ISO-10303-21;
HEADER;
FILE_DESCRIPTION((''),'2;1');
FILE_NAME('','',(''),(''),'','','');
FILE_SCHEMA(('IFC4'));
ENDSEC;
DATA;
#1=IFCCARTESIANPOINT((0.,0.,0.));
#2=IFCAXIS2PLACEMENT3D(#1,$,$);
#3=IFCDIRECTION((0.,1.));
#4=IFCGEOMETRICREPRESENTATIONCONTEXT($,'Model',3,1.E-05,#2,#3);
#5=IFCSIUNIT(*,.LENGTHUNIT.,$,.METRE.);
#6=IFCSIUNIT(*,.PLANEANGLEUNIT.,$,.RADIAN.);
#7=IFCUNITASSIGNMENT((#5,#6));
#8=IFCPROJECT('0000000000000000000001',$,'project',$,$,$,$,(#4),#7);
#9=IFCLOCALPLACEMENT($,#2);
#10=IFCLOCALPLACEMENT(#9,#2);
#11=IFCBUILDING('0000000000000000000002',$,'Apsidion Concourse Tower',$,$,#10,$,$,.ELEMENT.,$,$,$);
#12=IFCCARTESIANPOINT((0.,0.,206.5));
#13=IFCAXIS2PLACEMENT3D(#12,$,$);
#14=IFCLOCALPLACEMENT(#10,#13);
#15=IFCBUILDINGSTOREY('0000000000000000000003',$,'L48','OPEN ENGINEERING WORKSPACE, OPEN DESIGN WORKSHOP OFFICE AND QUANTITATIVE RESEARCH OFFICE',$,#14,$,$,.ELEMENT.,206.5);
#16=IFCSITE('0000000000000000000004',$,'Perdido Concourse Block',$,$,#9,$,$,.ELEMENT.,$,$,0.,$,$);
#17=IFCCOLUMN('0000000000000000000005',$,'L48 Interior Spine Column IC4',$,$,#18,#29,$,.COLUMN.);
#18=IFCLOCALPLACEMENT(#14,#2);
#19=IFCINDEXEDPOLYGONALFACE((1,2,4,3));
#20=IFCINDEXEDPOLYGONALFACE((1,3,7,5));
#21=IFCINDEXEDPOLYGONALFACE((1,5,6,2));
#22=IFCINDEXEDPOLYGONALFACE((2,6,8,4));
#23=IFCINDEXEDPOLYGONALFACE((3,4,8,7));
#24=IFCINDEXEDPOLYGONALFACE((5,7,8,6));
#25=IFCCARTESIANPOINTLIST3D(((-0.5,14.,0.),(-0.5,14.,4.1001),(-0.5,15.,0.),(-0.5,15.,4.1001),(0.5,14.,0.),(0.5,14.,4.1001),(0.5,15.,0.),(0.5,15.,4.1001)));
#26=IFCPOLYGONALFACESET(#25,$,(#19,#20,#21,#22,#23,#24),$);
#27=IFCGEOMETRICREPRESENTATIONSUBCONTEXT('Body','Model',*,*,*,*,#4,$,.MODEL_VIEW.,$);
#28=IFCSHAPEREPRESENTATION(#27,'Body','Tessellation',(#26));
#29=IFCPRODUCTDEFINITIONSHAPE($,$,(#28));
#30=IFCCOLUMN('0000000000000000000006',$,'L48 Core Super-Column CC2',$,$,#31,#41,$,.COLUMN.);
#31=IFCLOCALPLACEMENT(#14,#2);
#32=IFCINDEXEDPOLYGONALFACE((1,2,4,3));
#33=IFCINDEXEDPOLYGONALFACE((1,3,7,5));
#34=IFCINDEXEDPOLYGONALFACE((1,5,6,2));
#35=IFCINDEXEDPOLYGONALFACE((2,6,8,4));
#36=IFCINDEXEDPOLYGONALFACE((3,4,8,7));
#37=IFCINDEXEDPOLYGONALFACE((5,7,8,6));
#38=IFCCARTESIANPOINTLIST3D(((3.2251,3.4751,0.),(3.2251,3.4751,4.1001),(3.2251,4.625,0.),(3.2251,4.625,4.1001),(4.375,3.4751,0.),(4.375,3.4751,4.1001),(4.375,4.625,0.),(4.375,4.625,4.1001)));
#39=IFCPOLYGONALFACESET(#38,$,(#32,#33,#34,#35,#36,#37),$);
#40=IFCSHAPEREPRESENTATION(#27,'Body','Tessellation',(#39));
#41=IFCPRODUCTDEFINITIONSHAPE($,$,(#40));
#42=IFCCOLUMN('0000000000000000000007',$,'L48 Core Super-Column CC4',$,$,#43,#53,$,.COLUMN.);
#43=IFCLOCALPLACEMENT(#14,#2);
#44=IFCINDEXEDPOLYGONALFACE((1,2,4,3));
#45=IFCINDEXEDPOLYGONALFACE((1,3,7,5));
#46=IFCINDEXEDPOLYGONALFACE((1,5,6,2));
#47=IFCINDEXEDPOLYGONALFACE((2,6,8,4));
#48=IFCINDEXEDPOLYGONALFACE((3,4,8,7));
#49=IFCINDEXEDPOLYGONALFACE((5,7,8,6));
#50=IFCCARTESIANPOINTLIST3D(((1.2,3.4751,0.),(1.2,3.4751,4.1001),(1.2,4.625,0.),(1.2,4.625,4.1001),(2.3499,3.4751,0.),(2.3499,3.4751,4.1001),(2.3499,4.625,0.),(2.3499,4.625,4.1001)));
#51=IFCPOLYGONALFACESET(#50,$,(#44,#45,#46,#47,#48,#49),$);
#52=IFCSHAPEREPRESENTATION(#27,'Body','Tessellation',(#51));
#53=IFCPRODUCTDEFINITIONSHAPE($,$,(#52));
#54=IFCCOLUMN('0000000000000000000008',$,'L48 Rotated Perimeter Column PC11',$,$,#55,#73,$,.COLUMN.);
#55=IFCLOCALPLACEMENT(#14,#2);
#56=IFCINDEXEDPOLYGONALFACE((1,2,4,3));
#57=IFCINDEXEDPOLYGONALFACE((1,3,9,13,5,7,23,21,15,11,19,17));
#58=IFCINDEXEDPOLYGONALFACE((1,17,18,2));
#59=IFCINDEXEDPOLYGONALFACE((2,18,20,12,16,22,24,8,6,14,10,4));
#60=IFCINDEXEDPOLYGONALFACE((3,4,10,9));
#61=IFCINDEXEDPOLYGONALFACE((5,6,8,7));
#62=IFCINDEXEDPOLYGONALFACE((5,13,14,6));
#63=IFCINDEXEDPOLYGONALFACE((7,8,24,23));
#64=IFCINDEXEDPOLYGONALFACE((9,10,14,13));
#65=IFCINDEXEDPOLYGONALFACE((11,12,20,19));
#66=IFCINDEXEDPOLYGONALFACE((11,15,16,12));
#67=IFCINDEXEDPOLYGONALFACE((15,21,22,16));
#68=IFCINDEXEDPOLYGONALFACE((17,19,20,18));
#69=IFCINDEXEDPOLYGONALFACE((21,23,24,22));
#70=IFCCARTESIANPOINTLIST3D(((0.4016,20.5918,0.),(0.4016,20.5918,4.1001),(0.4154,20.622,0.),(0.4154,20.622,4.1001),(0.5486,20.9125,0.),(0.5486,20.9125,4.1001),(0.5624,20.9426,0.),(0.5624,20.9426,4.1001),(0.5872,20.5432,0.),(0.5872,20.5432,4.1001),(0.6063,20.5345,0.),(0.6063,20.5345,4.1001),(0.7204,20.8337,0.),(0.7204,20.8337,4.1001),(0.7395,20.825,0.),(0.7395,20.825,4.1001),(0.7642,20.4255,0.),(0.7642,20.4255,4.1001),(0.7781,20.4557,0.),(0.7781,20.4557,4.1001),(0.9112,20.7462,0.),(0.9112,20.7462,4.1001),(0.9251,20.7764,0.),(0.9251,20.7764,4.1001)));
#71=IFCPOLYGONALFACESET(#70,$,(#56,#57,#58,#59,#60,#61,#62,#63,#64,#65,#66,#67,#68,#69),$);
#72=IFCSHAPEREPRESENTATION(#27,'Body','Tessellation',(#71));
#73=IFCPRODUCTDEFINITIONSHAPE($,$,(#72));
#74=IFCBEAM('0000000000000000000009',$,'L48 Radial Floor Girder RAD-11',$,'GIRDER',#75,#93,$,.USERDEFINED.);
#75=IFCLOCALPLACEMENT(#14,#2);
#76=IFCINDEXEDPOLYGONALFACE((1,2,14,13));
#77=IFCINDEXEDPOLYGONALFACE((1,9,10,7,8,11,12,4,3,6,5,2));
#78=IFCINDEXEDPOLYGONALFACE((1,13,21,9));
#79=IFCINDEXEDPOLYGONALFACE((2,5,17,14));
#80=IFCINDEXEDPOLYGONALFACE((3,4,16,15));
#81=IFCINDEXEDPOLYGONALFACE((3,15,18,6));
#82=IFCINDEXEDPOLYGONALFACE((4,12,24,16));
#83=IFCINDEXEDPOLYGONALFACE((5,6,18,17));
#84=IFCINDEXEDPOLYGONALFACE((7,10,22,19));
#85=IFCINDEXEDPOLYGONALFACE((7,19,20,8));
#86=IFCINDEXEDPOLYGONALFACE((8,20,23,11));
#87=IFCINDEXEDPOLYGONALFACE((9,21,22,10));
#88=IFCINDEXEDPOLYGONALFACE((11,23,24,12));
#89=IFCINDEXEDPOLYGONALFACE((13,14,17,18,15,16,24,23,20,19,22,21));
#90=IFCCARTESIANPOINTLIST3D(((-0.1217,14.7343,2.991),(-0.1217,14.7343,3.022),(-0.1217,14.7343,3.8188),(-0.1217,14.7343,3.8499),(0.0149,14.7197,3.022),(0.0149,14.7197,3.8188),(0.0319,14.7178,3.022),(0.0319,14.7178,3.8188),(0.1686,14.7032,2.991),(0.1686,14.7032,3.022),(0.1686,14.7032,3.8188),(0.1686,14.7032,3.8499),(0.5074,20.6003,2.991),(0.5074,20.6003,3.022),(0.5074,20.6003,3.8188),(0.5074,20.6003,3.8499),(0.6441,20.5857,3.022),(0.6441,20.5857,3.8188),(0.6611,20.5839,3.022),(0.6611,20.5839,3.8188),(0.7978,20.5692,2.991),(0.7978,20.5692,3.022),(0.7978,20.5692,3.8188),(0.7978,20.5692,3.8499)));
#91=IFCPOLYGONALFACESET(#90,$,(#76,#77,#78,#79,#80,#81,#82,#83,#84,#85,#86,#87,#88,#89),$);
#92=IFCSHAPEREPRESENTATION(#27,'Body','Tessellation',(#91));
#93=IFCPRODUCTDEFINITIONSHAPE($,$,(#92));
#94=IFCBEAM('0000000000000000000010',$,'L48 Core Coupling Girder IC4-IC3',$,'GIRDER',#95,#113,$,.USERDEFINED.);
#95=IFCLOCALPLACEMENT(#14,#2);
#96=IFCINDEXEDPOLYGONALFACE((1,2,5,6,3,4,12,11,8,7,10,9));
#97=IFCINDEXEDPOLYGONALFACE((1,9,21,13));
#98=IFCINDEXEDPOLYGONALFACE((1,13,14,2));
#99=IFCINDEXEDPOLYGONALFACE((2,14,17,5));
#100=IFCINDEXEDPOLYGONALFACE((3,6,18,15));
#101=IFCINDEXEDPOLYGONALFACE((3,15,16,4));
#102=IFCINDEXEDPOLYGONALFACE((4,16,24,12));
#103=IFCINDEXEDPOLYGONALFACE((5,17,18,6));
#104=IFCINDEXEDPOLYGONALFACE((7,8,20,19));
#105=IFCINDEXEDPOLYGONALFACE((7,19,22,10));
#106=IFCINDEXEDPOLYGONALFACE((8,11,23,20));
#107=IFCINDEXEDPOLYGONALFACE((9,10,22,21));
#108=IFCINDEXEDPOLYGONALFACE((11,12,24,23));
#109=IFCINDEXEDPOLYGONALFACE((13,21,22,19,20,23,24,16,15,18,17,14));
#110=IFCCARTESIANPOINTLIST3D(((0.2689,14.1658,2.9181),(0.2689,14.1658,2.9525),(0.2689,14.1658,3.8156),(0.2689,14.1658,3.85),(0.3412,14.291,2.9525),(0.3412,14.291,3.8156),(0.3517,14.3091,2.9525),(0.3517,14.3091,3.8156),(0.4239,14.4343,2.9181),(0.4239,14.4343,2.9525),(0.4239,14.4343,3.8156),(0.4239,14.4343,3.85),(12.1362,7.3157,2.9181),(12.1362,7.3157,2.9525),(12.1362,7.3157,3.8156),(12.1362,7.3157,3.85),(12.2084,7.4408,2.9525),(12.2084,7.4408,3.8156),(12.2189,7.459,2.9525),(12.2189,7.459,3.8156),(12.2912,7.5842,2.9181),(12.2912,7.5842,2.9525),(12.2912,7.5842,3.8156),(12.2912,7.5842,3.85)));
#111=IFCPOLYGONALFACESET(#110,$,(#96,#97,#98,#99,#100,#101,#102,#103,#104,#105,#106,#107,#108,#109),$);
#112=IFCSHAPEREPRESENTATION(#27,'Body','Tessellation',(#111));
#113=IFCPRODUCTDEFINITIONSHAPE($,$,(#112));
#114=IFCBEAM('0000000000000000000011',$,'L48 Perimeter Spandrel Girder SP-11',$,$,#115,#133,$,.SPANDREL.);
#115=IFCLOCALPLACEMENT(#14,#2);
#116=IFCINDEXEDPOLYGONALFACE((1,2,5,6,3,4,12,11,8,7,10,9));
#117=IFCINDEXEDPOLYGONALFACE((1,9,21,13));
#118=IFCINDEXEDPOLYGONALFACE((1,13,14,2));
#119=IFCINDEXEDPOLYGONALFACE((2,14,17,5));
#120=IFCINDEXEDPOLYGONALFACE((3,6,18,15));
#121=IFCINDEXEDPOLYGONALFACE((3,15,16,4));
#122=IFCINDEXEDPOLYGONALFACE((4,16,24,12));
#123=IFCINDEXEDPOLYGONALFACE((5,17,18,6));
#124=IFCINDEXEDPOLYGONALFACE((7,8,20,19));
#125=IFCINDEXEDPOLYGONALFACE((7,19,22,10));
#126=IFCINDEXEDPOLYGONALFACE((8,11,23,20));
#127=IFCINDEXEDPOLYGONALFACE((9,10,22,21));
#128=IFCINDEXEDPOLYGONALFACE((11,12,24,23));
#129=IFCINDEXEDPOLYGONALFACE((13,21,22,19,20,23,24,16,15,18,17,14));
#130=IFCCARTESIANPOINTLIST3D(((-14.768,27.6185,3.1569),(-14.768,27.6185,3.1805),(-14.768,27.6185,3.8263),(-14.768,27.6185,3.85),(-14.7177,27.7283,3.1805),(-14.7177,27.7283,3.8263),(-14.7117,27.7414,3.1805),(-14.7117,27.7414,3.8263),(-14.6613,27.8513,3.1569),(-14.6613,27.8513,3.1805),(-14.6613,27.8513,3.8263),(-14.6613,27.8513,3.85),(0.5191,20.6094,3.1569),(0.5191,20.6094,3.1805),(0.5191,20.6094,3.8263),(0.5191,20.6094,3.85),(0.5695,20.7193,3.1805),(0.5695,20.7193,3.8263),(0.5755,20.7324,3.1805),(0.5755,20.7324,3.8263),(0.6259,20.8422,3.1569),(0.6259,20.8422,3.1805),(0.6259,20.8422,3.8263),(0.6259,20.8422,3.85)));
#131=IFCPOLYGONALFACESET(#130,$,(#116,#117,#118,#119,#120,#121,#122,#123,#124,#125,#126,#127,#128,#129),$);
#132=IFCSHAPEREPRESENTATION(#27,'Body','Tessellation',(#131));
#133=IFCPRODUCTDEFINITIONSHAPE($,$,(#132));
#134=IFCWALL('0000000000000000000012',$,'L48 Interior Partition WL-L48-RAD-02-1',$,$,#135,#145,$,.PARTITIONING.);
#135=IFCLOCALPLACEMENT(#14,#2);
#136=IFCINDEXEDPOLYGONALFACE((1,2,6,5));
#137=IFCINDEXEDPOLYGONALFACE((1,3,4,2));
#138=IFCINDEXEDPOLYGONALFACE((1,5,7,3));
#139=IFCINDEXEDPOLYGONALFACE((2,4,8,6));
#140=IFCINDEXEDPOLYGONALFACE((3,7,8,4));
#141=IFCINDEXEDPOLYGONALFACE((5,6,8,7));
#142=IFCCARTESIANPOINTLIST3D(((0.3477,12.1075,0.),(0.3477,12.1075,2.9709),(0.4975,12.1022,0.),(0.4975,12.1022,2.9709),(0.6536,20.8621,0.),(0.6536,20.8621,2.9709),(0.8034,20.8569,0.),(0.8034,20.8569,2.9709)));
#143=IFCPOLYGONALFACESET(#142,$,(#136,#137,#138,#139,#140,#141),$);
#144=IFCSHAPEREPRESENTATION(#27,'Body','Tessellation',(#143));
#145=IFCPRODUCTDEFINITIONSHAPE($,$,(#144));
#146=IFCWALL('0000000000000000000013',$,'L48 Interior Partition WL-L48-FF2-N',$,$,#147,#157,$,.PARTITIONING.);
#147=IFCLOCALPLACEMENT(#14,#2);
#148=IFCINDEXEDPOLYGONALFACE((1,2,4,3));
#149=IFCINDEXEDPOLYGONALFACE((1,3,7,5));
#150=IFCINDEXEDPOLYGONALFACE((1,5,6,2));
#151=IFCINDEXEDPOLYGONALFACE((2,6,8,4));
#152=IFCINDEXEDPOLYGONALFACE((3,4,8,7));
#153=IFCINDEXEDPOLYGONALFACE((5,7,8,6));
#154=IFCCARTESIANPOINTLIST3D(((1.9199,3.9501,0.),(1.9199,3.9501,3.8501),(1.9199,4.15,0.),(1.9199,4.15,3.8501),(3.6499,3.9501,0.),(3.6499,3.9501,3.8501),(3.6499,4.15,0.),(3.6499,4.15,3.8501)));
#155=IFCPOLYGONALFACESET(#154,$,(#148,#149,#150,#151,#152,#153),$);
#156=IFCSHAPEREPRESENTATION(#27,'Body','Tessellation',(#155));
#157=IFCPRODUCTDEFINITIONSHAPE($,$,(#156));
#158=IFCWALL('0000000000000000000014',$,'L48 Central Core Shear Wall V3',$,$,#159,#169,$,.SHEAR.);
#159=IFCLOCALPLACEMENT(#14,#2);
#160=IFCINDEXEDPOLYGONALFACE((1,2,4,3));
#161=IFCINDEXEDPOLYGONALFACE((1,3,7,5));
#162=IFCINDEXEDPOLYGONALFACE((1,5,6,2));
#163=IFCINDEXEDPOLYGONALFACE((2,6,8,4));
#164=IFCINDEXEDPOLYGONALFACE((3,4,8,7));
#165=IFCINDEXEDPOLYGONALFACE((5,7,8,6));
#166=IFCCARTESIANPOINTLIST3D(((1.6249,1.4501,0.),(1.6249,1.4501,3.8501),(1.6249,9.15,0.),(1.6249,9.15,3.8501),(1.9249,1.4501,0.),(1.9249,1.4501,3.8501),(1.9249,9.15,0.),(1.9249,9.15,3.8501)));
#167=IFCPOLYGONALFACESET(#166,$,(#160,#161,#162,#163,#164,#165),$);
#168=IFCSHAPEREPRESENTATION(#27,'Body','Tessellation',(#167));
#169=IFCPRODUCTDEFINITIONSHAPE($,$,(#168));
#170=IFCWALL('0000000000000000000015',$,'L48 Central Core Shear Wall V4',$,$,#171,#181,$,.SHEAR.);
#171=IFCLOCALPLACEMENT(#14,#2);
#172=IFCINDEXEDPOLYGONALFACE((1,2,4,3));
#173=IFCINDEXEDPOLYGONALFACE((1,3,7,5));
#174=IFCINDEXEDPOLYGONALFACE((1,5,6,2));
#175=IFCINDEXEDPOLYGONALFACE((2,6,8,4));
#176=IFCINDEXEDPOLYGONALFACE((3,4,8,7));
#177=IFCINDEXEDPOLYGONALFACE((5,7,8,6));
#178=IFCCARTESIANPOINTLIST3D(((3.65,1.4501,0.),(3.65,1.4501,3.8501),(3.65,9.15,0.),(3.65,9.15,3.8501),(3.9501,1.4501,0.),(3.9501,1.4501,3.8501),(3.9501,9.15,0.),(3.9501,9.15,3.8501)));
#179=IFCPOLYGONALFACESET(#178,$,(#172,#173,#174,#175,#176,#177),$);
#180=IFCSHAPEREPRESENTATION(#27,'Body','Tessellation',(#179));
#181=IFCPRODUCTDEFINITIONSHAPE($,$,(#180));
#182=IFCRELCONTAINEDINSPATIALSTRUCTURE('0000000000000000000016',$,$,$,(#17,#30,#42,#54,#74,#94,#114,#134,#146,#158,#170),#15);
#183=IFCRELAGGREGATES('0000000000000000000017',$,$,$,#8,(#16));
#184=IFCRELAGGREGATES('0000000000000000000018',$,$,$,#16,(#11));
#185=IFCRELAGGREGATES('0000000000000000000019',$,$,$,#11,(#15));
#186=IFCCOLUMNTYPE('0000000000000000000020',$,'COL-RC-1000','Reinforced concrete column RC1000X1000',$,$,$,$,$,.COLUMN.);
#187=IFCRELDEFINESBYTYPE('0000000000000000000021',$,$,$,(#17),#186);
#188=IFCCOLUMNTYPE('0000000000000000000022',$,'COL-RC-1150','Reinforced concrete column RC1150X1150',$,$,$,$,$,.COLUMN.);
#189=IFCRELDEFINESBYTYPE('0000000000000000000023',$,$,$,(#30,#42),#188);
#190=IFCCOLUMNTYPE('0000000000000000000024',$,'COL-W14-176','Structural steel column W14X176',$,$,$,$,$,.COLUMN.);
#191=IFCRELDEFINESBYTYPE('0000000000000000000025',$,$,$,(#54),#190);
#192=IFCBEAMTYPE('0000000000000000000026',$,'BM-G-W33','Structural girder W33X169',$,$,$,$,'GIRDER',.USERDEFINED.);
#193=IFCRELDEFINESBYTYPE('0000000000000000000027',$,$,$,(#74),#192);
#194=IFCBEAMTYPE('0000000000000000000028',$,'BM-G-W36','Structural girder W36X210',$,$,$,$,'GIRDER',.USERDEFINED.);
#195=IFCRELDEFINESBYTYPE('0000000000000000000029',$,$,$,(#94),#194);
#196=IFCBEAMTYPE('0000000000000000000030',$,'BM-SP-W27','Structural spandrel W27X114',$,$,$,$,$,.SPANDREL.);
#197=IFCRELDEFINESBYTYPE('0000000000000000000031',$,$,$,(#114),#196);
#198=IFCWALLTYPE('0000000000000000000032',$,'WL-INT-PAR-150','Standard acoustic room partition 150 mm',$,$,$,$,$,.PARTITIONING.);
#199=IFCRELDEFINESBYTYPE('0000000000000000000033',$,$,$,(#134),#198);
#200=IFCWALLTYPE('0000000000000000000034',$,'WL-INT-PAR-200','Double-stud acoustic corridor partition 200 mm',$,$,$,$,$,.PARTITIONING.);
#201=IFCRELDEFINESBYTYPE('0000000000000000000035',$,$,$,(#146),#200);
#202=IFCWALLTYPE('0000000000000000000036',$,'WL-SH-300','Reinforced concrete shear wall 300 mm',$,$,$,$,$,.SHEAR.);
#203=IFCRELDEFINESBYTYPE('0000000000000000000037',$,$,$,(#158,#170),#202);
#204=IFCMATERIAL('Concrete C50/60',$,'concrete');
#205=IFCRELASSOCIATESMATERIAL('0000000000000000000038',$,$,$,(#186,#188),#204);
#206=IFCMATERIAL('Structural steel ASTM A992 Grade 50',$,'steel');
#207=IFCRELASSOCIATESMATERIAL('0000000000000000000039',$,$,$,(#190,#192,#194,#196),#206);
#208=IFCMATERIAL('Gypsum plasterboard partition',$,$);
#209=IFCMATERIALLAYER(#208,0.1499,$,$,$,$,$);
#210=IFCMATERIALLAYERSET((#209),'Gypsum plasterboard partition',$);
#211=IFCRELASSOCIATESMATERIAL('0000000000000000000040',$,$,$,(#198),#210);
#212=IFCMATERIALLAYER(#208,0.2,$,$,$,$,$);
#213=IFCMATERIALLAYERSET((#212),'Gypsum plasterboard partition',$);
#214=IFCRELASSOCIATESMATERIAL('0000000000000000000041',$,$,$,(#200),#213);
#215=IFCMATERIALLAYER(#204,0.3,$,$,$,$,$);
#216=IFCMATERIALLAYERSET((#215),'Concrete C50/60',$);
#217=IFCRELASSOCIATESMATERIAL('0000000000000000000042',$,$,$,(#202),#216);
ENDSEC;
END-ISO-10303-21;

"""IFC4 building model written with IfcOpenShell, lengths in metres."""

from ifc_helpers import new_model, si_unit, direction, frame, frame_2d, origin, origin_2d, place, context, subcontext, project, spatial, rectangle, i_section, extrude, material, layer, layer_set, material_profile, profile_set, type_object, element, save


model = new_model("IFC4")

# Units and contexts
model_context = context("Model", 3, precision=1e-05, world=origin(), true_north=direction((0.0, 1.0)))
body_context = subcontext(model_context, "Body", "Model", "MODEL_VIEW")
ifc_project = project(units=[si_unit("LENGTHUNIT", "METRE"), si_unit("PLANEANGLEUNIT", "RADIAN")], contexts=[model_context])

# Site, building, storey
site_placement = place(None, origin())
site = spatial("IfcSite", under=ifc_project, at=site_placement, Name="Perdido Concourse Block", CompositionType="ELEMENT", RefElevation=0.0)
building_placement = place(site_placement, origin())
building = spatial("IfcBuilding", under=site, at=building_placement, Name="Apsidion Concourse Tower", CompositionType="ELEMENT")
storey_placement = place(building_placement, frame((0.0, 0.0, 206.5)))
storey = spatial("IfcBuildingStorey", under=building, at=storey_placement, Name="L48", Description="OPEN ENGINEERING WORKSPACE, OPEN DESIGN WORKSHOP OFFICE AND QUANTITATIVE RESEARCH OFFICE", CompositionType="ELEMENT", Elevation=206.5)

# Columns
ifc_material_1 = material(Name="Concrete C50/60", Category="concrete")
ifc_material_profile_1 = material_profile(ifc_material_1, rectangle(XDim=1.0, YDim=1.0, at=origin_2d()), Name="RC 1000x1000")
ifc_profile_set_1 = profile_set([ifc_material_profile_1], Name="Concrete C50/60")
column_type_1 = type_object("IfcColumnType", Name="COL-RC-1000", Description="Reinforced concrete column RC1000X1000", PredefinedType="COLUMN", material=ifc_profile_set_1)
column_1_placement = place(storey_placement, frame((0.0, 14.5, 0.0), z_axis=(0.0, 0.0, 1.0), x_axis=(1.0, 0.0, 0.0)))
element("IfcColumn", 1, at=column_1_placement, inside=storey, type_object=column_type_1, Name="L48 Interior Spine Column IC4", PredefinedType="COLUMN", context=body_context, shape_type="SweptSolid", body=[
    extrude(rectangle(XDim=1.0, YDim=1.0, at=origin_2d()), origin(), (0.0, 0.0, 1.0), 4.1001),
])
ifc_material_profile_2 = material_profile(ifc_material_1, rectangle(XDim=1.1499, YDim=1.1499, at=origin_2d()), Name="RC 1150x1150")
ifc_profile_set_2 = profile_set([ifc_material_profile_2], Name="Concrete C50/60")
column_type_2 = type_object("IfcColumnType", Name="COL-RC-1150", Description="Reinforced concrete column RC1150X1150", PredefinedType="COLUMN", material=ifc_profile_set_2)
for number, where, z_axis, x_axis, name in (
    (2, (3.8, 4.05, 0.0), (0.0, 0.0, 1.0), (1.0, 0.0, 0.0), "L48 Core Super-Column CC2"),
    (3, (1.7749, 4.05, 0.0), (0.0, 0.0, 1.0), (1.0, 0.0, 0.0), "L48 Core Super-Column CC4"),
):
    element("IfcColumn", number, at=place(storey_placement, frame(where, z_axis=z_axis, x_axis=x_axis)), inside=storey, type_object=column_type_2, Name=name, PredefinedType="COLUMN", context=body_context, shape_type="SweptSolid", body=[
        extrude(rectangle(XDim=1.1499, YDim=1.1499, at=origin_2d()), origin(), (0.0, 0.0, 1.0), 4.1001),
    ])
ifc_material_2 = material(Name="Structural steel ASTM A992 Grade 50", Category="steel")
ifc_material_profile_3 = material_profile(ifc_material_2, i_section(OverallWidth=0.3989, OverallDepth=0.386, WebThickness=0.021, FlangeThickness=0.0332, at=origin_2d()), Name="W14X176")
ifc_profile_set_3 = profile_set([ifc_material_profile_3], Name="Structural steel ASTM A992 Grade 50")
column_type_3 = type_object("IfcColumnType", Name="COL-W14-176", Description="Structural steel column W14X176", PredefinedType="COLUMN", material=ifc_profile_set_3)
column_2_placement = place(storey_placement, frame((0.6633, 20.6841, 0.0), z_axis=(0.0, 0.0, 1.0), x_axis=(-0.909018, 0.416757, 0.0)))
element("IfcColumn", 4, at=column_2_placement, inside=storey, type_object=column_type_3, Name="L48 Rotated Perimeter Column PC11", PredefinedType="COLUMN", context=body_context, shape_type="SweptSolid", body=[
    extrude(i_section(OverallWidth=0.3989, OverallDepth=0.386, WebThickness=0.021, FlangeThickness=0.0332, at=origin_2d()), origin(), (0.0, 0.0, 1.0), 4.1001),
])

# Beams
ifc_material_profile_4 = material_profile(ifc_material_2, i_section(OverallWidth=0.292, OverallDepth=0.8589, WebThickness=0.0171, FlangeThickness=0.031, at=origin_2d()), Name="W33X169")
ifc_profile_set_4 = profile_set([ifc_material_profile_4], Name="Structural steel ASTM A992 Grade 50")
beam_type_1 = type_object("IfcBeamType", Name="BM-G-W33", Description="Structural girder W33X169", ElementType="GIRDER", PredefinedType="USERDEFINED", material=ifc_profile_set_4)
beam_1_placement = place(storey_placement, frame((0.0234, 14.7188, 3.4204), z_axis=(0.106643, 0.994297, 0.0), x_axis=(-0.994297, 0.106643, 0.0)))
element("IfcBeam", 5, at=beam_1_placement, inside=storey, type_object=beam_type_1, Name="L48 Radial Floor Girder RAD-11", ObjectType="GIRDER", PredefinedType="USERDEFINED", context=body_context, shape_type="SweptSolid", body=[
    extrude(i_section(OverallWidth=0.292, OverallDepth=0.8589, WebThickness=0.0171, FlangeThickness=0.031, at=origin_2d()), origin(), (0.0, 0.0, 1.0), 5.8997),
])
ifc_material_profile_5 = material_profile(ifc_material_2, i_section(OverallWidth=0.3101, OverallDepth=0.9319, WebThickness=0.021, FlangeThickness=0.0344, at=origin_2d()), Name="W36X210")
ifc_profile_set_5 = profile_set([ifc_material_profile_5], Name="Structural steel ASTM A992 Grade 50")
beam_type_2 = type_object("IfcBeamType", Name="BM-G-W36", Description="Structural girder W36X210", ElementType="GIRDER", PredefinedType="USERDEFINED", material=ifc_profile_set_5)
beam_2_placement = place(storey_placement, frame((0.3464, 14.3, 3.384), z_axis=(0.86607, -0.499922, 0.0), x_axis=(0.499922, 0.86607, 0.0)))
element("IfcBeam", 6, at=beam_2_placement, inside=storey, type_object=beam_type_2, Name="L48 Core Coupling Girder IC4-IC3", ObjectType="GIRDER", PredefinedType="USERDEFINED", context=body_context, shape_type="SweptSolid", body=[
    extrude(i_section(OverallWidth=0.3101, OverallDepth=0.9319, WebThickness=0.021, FlangeThickness=0.0344, at=origin_2d()), origin(), (0.0, 0.0, 1.0), 13.7024),
])
ifc_material_profile_6 = material_profile(ifc_material_2, i_section(OverallWidth=0.2561, OverallDepth=0.6931, WebThickness=0.0144, FlangeThickness=0.0237, at=origin_2d()), Name="W27X114")
ifc_profile_set_6 = profile_set([ifc_material_profile_6], Name="Structural steel ASTM A992 Grade 50")
beam_type_3 = type_object("IfcBeamType", Name="BM-SP-W27", Description="Structural spandrel W27X114", PredefinedType="SPANDREL", material=ifc_profile_set_6)
beam_3_placement = place(storey_placement, frame((0.5725, 20.7258, 3.5034), z_axis=(-0.90901, 0.416775, 0.0), x_axis=(-0.416775, -0.90901, 0.0)))
element("IfcBeam", 7, at=beam_3_placement, inside=storey, type_object=beam_type_3, Name="L48 Perimeter Spandrel Girder SP-11", PredefinedType="SPANDREL", context=body_context, shape_type="SweptSolid", body=[
    extrude(i_section(OverallWidth=0.2561, OverallDepth=0.6931, WebThickness=0.0144, FlangeThickness=0.0237, at=origin_2d()), origin(), (0.0, 0.0, 1.0), 16.8174),
])

# Walls
ifc_material_3 = material(Name="Gypsum plasterboard partition")
ifc_layer_1 = layer(ifc_material_3, 0.1499)
ifc_layer_set_1 = layer_set([ifc_layer_1], Name="Gypsum plasterboard partition")
wall_type_1 = type_object("IfcWallType", Name="WL-INT-PAR-150", Description="Standard acoustic room partition 150 mm", PredefinedType="PARTITIONING", material=ifc_layer_set_1)
wall_1_placement = place(storey_placement, frame((0.4226, 12.105, 0.0), z_axis=(0.0, 0.0, 1.0), x_axis=(0.034921, 0.99939, 0.0)))
element("IfcWall", 8, at=wall_1_placement, inside=storey, type_object=wall_type_1, Name="L48 Interior Partition WL-L48-RAD-02-1", PredefinedType="PARTITIONING", context=body_context, shape_type="SweptSolid", body=[
    extrude(rectangle(XDim=8.76, YDim=0.1499, at=frame_2d((4.3799, 0.0))), origin(), (0.0, 0.0, 1.0), 2.9709),
])
ifc_layer_2 = layer(ifc_material_3, 0.2)
ifc_layer_set_2 = layer_set([ifc_layer_2], Name="Gypsum plasterboard partition")
wall_type_2 = type_object("IfcWallType", Name="WL-INT-PAR-200", Description="Double-stud acoustic corridor partition 200 mm", PredefinedType="PARTITIONING", material=ifc_layer_set_2)
wall_2_placement = place(storey_placement, frame((1.9199, 4.05, 0.0), z_axis=(0.0, 0.0, 1.0), x_axis=(1.0, 0.0, 0.0)))
element("IfcWall", 9, at=wall_2_placement, inside=storey, type_object=wall_type_2, Name="L48 Interior Partition WL-L48-FF2-N", PredefinedType="PARTITIONING", context=body_context, shape_type="SweptSolid", body=[
    extrude(rectangle(XDim=1.73, YDim=0.2, at=frame_2d((0.865, 0.0))), origin(), (0.0, 0.0, 1.0), 3.8501),
])
ifc_layer_3 = layer(ifc_material_1, 0.3)
ifc_layer_set_3 = layer_set([ifc_layer_3], Name="Concrete C50/60")
wall_type_3 = type_object("IfcWallType", Name="WL-SH-300", Description="Reinforced concrete shear wall 300 mm", PredefinedType="SHEAR", material=ifc_layer_set_3)
for number, where, z_axis, x_axis, name in (
    (10, (1.7749, 1.45, 0.0), (0.0, 0.0, 1.0), (0.0, 1.0, 0.0), "L48 Central Core Shear Wall V3"),
    (11, (3.8, 1.45, 0.0), (0.0, 0.0, 1.0), (0.0, 1.0, 0.0), "L48 Central Core Shear Wall V4"),
):
    element("IfcWall", number, at=place(storey_placement, frame(where, z_axis=z_axis, x_axis=x_axis)), inside=storey, type_object=wall_type_3, Name=name, PredefinedType="SHEAR", context=body_context, shape_type="SweptSolid", body=[
        extrude(rectangle(XDim=7.7, YDim=0.3, at=frame_2d((3.8501, 0.0))), origin(), (0.0, 0.0, 1.0), 3.8501),
    ])

save(model, "model.ifc")
